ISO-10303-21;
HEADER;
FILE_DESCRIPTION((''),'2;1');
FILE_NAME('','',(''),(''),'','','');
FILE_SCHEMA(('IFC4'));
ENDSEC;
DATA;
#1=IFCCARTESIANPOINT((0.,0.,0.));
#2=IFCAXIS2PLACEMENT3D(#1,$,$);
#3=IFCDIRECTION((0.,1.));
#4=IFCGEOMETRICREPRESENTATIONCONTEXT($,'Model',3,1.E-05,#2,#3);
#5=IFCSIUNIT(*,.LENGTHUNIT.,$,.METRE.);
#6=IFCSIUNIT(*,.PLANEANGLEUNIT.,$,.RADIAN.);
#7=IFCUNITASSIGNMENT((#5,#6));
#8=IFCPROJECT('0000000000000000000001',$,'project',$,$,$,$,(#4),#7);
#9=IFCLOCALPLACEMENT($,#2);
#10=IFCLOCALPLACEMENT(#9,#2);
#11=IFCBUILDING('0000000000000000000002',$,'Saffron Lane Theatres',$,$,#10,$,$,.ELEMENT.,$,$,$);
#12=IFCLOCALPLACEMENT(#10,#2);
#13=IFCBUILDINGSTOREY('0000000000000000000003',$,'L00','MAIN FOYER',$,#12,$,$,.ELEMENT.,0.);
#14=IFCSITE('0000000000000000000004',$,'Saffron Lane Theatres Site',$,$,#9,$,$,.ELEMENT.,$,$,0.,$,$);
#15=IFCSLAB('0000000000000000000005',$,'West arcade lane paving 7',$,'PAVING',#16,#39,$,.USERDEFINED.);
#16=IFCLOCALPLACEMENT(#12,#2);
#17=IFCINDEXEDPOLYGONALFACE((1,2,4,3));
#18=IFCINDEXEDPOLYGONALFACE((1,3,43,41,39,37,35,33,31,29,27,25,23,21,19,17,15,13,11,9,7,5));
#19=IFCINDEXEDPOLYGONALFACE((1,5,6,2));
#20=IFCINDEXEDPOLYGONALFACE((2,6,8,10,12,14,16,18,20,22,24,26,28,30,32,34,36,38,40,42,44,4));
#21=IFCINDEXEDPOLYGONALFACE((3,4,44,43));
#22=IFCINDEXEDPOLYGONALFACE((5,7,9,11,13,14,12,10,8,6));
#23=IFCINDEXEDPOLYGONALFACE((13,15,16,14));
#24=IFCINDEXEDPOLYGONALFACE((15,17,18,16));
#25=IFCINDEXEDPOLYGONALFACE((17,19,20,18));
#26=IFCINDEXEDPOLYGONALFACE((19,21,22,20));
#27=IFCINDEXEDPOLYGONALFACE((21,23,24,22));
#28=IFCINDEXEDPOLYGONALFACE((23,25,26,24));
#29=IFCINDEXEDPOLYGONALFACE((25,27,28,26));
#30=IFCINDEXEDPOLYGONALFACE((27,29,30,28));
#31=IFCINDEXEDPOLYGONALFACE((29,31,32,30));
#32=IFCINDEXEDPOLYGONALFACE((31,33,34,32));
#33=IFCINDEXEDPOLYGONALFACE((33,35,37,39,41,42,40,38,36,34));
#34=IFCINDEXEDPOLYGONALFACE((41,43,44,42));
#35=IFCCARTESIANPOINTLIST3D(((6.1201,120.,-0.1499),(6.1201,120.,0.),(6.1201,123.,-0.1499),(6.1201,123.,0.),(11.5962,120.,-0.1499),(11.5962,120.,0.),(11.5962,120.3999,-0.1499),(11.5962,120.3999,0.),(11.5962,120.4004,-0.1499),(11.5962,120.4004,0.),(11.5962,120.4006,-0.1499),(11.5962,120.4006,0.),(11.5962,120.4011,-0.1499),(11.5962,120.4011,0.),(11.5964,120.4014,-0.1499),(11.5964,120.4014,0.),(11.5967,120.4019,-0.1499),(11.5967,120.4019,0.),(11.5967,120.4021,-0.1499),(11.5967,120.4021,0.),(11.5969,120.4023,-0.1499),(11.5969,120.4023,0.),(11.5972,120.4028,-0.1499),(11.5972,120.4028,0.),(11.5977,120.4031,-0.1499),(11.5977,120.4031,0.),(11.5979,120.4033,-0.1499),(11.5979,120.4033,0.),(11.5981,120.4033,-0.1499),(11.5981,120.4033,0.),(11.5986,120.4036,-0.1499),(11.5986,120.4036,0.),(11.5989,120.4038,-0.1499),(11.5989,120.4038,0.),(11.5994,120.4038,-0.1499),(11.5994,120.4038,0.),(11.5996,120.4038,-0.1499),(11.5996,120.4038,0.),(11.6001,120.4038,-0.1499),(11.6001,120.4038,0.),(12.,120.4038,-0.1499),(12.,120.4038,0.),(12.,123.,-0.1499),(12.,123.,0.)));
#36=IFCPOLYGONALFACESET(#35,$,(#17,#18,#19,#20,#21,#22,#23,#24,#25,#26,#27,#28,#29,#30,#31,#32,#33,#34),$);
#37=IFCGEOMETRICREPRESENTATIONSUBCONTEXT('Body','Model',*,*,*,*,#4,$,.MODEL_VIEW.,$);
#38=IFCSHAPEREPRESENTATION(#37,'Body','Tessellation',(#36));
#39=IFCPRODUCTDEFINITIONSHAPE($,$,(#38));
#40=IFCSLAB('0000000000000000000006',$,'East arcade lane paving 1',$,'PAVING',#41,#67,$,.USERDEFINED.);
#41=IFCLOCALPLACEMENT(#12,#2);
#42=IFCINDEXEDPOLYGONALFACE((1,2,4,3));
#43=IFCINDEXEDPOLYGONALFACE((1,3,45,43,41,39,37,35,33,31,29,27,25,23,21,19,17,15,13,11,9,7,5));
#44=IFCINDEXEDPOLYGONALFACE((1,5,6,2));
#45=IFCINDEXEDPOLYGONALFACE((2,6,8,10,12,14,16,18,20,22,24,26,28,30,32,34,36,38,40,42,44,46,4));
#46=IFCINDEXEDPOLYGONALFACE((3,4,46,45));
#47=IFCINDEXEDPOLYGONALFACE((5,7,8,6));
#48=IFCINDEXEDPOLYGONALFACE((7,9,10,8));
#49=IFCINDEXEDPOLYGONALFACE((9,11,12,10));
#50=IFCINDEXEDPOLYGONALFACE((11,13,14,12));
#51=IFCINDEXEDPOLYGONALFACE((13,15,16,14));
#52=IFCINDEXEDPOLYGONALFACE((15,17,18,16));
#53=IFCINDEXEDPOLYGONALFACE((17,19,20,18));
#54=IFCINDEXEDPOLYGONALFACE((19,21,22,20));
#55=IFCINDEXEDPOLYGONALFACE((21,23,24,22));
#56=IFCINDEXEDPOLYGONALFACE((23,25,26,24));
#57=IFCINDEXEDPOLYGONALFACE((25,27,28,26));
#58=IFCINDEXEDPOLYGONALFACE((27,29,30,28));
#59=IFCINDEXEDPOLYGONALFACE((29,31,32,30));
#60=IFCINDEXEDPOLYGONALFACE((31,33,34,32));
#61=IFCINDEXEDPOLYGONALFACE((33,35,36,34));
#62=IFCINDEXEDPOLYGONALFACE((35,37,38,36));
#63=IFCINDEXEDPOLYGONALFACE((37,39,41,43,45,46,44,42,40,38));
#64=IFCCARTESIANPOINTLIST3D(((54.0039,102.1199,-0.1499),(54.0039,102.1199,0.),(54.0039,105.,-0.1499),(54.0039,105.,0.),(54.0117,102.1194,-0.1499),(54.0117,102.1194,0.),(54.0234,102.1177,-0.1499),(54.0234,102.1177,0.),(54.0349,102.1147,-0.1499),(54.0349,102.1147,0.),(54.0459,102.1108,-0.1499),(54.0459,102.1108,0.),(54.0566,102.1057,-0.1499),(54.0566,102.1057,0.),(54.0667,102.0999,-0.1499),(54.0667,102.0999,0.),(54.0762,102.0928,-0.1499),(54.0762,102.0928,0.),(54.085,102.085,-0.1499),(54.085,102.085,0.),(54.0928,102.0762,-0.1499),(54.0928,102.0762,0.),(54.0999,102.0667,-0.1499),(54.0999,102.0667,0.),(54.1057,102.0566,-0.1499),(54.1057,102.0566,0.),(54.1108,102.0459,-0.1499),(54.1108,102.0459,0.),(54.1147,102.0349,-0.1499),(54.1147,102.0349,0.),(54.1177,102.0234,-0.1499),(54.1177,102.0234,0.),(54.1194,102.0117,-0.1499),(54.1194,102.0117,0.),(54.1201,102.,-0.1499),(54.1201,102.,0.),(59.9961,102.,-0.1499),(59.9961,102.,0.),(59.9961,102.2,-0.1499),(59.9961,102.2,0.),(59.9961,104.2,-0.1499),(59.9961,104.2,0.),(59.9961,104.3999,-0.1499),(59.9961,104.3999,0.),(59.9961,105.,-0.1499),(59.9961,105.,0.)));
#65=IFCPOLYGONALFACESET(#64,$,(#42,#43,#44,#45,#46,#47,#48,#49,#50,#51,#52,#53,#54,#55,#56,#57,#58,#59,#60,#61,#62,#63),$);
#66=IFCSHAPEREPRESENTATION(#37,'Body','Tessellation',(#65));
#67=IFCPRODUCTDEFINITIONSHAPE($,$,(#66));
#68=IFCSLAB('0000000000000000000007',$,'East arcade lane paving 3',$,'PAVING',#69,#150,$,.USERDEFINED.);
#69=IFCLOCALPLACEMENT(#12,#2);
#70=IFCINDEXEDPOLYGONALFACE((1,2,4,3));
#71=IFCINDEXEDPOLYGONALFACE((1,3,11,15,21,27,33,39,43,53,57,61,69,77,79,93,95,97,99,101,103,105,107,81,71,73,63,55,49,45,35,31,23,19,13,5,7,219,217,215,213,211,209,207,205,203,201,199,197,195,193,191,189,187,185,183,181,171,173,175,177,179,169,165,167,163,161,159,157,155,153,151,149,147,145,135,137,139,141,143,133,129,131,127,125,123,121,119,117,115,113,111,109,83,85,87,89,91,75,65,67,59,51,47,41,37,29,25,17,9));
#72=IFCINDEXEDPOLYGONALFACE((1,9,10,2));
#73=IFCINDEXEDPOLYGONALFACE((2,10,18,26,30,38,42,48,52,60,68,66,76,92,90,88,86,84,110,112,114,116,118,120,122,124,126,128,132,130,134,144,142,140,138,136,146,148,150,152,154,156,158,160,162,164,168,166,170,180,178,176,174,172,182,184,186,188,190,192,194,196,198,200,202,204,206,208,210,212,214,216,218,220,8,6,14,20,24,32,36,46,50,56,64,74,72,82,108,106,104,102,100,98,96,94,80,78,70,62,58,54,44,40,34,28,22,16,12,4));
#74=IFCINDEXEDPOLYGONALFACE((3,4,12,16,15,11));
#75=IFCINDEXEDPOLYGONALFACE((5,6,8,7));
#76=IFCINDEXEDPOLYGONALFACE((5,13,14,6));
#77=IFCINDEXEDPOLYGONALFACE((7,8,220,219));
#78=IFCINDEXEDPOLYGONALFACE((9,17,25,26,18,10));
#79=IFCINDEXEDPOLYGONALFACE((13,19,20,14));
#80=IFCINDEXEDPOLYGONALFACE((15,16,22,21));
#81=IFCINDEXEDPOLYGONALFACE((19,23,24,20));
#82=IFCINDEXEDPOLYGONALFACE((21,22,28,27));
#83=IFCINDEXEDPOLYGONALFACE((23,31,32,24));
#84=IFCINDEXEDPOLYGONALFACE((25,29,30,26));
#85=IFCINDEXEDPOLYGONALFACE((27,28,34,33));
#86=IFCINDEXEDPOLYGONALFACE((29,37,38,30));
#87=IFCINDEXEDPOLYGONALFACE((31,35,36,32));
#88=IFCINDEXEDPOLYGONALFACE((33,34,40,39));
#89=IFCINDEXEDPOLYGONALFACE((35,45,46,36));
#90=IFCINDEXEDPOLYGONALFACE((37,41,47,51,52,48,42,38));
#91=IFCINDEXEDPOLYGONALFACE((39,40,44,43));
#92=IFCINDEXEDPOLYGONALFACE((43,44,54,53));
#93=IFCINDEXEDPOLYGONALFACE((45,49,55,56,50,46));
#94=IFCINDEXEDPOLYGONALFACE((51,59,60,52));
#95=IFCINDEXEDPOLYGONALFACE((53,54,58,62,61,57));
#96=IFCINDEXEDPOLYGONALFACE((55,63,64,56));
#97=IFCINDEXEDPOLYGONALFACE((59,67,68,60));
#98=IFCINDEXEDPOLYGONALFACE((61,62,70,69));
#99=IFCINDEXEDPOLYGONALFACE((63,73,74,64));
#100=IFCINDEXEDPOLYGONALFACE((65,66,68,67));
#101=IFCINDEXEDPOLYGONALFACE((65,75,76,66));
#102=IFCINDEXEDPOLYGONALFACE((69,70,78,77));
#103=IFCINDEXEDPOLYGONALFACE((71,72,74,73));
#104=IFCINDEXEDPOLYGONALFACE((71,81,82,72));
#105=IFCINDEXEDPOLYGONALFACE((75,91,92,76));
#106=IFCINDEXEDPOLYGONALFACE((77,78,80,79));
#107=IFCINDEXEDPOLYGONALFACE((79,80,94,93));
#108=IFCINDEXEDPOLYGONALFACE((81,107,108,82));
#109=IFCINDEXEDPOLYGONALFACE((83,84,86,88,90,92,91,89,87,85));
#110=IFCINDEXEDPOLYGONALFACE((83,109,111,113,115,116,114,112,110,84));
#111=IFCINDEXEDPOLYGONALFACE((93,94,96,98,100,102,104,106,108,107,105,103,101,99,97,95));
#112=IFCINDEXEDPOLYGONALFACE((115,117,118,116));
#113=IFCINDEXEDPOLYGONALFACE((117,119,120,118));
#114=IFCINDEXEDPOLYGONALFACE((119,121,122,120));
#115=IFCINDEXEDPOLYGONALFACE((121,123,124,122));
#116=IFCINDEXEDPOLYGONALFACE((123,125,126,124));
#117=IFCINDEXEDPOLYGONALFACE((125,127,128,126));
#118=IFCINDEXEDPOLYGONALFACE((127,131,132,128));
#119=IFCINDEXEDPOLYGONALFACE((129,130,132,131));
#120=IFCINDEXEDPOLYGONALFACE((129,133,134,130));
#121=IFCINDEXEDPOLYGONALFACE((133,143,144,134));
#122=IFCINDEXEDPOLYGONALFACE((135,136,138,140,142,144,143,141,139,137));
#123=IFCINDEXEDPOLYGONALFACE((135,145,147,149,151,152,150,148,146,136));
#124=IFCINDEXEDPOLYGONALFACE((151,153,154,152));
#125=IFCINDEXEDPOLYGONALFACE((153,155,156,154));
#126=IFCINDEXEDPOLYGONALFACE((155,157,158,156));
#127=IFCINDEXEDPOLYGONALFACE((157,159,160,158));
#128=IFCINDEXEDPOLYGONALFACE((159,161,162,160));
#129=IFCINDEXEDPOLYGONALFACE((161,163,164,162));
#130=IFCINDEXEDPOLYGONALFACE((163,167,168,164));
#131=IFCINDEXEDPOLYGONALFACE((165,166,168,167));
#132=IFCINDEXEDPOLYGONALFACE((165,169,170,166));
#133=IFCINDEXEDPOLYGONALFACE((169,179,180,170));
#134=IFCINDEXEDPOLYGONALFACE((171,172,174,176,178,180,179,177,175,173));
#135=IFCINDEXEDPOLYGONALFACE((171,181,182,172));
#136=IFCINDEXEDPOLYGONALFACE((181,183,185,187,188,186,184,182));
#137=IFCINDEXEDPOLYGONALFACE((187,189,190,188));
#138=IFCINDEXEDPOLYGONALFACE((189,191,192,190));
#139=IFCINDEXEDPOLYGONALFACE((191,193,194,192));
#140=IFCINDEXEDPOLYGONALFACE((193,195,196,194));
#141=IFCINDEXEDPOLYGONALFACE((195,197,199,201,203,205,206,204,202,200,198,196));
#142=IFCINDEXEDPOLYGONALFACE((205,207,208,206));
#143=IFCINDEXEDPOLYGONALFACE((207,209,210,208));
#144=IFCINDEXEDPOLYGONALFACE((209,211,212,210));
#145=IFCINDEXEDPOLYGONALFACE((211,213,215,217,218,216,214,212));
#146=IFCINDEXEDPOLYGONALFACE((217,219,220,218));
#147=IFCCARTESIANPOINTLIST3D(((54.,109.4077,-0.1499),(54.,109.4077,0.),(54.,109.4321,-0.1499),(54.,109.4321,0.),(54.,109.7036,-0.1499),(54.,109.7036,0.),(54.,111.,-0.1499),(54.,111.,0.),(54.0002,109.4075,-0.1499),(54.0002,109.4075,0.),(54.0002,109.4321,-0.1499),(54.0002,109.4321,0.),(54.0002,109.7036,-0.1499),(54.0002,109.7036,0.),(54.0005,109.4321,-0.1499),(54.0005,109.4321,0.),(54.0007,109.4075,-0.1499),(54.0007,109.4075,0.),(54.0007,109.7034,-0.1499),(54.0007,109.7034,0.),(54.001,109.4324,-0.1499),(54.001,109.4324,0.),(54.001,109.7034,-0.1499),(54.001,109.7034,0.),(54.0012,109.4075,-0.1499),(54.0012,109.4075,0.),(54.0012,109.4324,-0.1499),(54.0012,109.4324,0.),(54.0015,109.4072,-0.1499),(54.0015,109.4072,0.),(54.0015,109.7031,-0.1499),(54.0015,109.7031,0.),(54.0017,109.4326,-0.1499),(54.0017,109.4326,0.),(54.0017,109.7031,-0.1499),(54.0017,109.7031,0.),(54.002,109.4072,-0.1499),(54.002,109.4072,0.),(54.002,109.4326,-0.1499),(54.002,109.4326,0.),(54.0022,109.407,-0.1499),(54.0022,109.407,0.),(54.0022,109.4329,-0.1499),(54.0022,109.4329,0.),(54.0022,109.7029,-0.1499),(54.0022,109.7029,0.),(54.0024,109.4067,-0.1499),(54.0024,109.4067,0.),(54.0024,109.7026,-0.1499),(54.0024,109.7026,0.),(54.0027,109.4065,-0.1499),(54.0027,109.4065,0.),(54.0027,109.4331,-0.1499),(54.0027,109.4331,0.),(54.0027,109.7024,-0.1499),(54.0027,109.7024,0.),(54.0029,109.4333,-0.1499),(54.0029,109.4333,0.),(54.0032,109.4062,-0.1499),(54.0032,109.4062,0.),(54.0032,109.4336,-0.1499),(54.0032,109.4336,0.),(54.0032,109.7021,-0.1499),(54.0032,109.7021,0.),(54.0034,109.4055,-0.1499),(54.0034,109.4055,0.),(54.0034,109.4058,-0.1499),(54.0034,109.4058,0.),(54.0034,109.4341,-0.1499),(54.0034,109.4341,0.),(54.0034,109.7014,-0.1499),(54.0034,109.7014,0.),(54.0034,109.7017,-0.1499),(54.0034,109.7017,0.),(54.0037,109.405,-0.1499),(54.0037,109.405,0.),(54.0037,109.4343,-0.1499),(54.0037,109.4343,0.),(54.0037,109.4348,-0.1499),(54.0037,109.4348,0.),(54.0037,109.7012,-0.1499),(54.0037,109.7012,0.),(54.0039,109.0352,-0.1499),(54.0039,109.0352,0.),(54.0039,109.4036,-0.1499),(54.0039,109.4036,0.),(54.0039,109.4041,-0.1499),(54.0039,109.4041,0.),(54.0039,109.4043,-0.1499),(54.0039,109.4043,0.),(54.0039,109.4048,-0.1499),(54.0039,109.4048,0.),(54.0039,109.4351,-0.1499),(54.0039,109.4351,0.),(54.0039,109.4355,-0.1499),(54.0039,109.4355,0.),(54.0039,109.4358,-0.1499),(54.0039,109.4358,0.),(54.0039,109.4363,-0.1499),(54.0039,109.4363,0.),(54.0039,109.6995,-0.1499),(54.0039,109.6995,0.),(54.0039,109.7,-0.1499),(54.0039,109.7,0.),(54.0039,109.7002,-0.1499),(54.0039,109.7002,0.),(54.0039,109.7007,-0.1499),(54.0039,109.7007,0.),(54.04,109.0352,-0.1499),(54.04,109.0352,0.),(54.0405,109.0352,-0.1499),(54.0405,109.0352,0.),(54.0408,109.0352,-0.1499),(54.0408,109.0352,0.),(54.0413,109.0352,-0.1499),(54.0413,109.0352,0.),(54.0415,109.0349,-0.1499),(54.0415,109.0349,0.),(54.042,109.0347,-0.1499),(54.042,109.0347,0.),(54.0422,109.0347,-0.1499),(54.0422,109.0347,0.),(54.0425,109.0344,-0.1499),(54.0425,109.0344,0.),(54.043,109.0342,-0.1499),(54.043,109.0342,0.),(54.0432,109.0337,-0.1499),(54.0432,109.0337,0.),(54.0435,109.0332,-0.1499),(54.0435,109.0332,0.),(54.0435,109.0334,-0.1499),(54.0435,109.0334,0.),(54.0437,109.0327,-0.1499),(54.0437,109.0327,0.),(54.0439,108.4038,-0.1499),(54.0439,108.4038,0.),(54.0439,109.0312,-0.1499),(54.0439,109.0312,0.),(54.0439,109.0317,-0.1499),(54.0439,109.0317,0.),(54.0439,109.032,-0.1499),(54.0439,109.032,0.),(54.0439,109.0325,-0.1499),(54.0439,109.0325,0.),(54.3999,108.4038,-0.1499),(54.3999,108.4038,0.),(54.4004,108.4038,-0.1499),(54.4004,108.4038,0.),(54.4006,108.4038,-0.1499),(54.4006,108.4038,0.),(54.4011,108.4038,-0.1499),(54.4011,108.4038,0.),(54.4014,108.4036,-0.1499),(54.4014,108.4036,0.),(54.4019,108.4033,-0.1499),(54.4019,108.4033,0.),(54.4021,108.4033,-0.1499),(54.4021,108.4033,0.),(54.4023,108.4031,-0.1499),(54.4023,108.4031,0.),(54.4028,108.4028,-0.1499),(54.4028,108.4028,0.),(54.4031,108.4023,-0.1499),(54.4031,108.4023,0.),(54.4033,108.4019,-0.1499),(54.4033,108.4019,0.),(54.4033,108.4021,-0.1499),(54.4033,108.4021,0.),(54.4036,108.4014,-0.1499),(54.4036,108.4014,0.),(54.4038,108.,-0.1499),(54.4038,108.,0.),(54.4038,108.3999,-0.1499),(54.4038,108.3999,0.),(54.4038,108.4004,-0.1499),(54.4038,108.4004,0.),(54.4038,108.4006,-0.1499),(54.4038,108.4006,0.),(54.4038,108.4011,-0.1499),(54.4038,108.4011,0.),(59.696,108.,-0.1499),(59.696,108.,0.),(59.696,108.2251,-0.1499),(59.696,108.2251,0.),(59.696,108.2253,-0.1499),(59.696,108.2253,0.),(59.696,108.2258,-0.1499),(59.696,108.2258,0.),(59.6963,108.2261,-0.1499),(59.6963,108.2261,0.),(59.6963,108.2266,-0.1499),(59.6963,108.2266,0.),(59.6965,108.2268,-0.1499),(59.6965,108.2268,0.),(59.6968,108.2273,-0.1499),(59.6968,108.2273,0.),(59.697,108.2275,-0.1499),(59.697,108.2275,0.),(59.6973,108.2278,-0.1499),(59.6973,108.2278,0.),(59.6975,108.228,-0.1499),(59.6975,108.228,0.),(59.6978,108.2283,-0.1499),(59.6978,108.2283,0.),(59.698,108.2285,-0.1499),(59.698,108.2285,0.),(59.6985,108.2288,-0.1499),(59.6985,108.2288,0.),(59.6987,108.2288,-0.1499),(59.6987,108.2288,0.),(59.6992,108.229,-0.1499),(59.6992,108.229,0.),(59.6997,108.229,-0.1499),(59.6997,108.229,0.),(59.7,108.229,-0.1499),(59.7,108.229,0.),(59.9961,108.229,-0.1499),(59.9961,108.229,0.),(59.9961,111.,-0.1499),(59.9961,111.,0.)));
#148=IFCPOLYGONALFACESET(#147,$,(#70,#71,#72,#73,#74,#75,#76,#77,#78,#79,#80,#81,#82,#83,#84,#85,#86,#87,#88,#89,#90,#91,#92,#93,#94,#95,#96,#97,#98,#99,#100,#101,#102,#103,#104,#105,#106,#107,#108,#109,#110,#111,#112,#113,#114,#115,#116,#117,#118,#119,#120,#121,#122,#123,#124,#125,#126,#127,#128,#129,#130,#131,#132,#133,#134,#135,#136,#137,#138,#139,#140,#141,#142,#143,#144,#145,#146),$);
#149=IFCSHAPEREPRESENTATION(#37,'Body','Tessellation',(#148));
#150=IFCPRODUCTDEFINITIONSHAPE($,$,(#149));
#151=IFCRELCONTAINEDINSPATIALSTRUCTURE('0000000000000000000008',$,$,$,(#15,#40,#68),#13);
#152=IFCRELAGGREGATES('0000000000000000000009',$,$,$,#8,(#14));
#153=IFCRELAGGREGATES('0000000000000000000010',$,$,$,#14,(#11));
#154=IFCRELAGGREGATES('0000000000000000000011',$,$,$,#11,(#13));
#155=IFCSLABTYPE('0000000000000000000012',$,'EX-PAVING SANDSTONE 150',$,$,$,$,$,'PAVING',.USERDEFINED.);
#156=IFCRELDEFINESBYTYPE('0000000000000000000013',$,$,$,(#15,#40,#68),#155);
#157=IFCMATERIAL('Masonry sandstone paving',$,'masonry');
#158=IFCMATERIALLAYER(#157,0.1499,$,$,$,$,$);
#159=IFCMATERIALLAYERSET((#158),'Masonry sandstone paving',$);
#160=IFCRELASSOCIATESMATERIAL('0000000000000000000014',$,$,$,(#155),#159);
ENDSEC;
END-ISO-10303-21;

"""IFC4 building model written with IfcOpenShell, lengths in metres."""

from ifc_helpers import new_model, si_unit, direction, frame, origin, place, context, subcontext, project, spatial, polyline, outline, extrude, material, layer, layer_set, type_object, element, save


model = new_model("IFC4")

# Units and contexts
model_context = context("Model", 3, precision=1e-05, world=origin(), true_north=direction((0.0, 1.0)))
body_context = subcontext(model_context, "Body", "Model", "MODEL_VIEW")
ifc_project = project(units=[si_unit("LENGTHUNIT", "METRE"), si_unit("PLANEANGLEUNIT", "RADIAN")], contexts=[model_context])

# Site, building, storey
site_placement = place(None, origin())
site = spatial("IfcSite", under=ifc_project, at=site_placement, Name="Saffron Lane Theatres Site", CompositionType="ELEMENT", RefElevation=0.0)
building_placement = place(site_placement, origin())
building = spatial("IfcBuilding", under=site, at=building_placement, Name="Saffron Lane Theatres", CompositionType="ELEMENT")
storey_placement = place(building_placement, origin())
storey = spatial("IfcBuildingStorey", under=building, at=storey_placement, Name="L00", Description="MAIN FOYER", CompositionType="ELEMENT", Elevation=0.0)

# Slabs
ifc_material_1 = material(Name="Masonry sandstone paving", Category="masonry")
ifc_layer_1 = layer(ifc_material_1, 0.1499)
ifc_layer_set_1 = layer_set([ifc_layer_1], Name="Masonry sandstone paving")
slab_type_1 = type_object("IfcSlabType", Name="EX-PAVING SANDSTONE 150", ElementType="PAVING", PredefinedType="USERDEFINED", material=ifc_layer_set_1)
slab_1_placement = place(storey_placement, frame((0.0, 0.0, -0.1499)))
element("IfcSlab", 1, at=slab_1_placement, inside=storey, type_object=slab_type_1, Name="West arcade lane paving 7", ObjectType="PAVING", PredefinedType="USERDEFINED", context=body_context, shape_type="SweptSolid", body=[
    extrude(outline(polyline([(6.1201, 123.0), (6.1201, 120.0), (11.5962, 120.0), (11.5962, 120.3999), (11.5962, 120.4004), (11.5962, 120.4006), (11.5962, 120.4011), (11.5964, 120.4014), (11.5967, 120.4019), (11.5967, 120.4021), (11.5969, 120.4023), (11.5972, 120.4028), (11.5977, 120.4031), (11.5979, 120.4033), (11.5981, 120.4033), (11.5986, 120.4036), (11.5989, 120.4038), (11.5994, 120.4038), (11.5996, 120.4038), (11.6001, 120.4038), (12.0, 120.4038), (12.0, 123.0), (6.1201, 123.0)])), origin(), (0.0, 0.0, 1.0), 0.1499),
])
slab_2_placement = place(storey_placement, frame((0.0, 0.0, -0.1499)))
element("IfcSlab", 2, at=slab_2_placement, inside=storey, type_object=slab_type_1, Name="East arcade lane paving 1", ObjectType="PAVING", PredefinedType="USERDEFINED", context=body_context, shape_type="SweptSolid", body=[
    extrude(outline(polyline([(54.0928, 102.0762), (54.0999, 102.0667), (54.1057, 102.0566), (54.1108, 102.0459), (54.1147, 102.0349), (54.1177, 102.0234), (54.1194, 102.0117), (54.1201, 102.0), (59.9961, 102.0), (59.9961, 102.2), (59.9961, 102.2), (59.9961, 104.2), (59.9961, 104.3999), (59.9961, 104.3999), (59.9961, 105.0), (54.0039, 105.0), (54.0039, 102.1199), (54.0117, 102.1194), (54.0234, 102.1177), (54.0349, 102.1147), (54.0459, 102.1108), (54.0566, 102.1057), (54.0667, 102.0999), (54.0762, 102.0928), (54.085, 102.085), (54.0928, 102.0762)])), origin(), (0.0, 0.0, 1.0), 0.1499),
])
slab_3_placement = place(storey_placement, frame((0.0, 0.0, -0.1499)))
element("IfcSlab", 3, at=slab_3_placement, inside=storey, type_object=slab_type_1, Name="East arcade lane paving 3", ObjectType="PAVING", PredefinedType="USERDEFINED", context=body_context, shape_type="SweptSolid", body=[
    extrude(outline(polyline([(54.4038, 108.3999), (54.4038, 108.0), (59.696, 108.0), (59.696, 108.2251), (59.696, 108.2253), (59.696, 108.2258), (59.6963, 108.2261), (59.6963, 108.2266), (59.6965, 108.2268), (59.6968, 108.2273), (59.697, 108.2275), (59.6973, 108.2278), (59.6975, 108.228), (59.6978, 108.2283), (59.698, 108.2285), (59.6985, 108.2288), (59.6987, 108.2288), (59.6992, 108.229), (59.6997, 108.229), (59.7, 108.229), (59.9961, 108.229), (59.9961, 111.0), (54.0, 111.0), (54.0, 109.7036), (54.0002, 109.7036), (54.0007, 109.7034), (54.001, 109.7034), (54.0015, 109.7031), (54.0017, 109.7031), (54.0022, 109.7029), (54.0024, 109.7026), (54.0027, 109.7024), (54.0032, 109.7021), (54.0034, 109.7017), (54.0034, 109.7014), (54.0037, 109.7012), (54.0039, 109.7007), (54.0039, 109.7002), (54.0039, 109.7), (54.0039, 109.6995), (54.0039, 109.4363), (54.0039, 109.4358), (54.0039, 109.4355), (54.0039, 109.4351), (54.0037, 109.4348), (54.0037, 109.4343), (54.0034, 109.4341), (54.0032, 109.4336), (54.0029, 109.4333), (54.0027, 109.4331), (54.0022, 109.4329), (54.002, 109.4326), (54.0017, 109.4326), (54.0012, 109.4324), (54.001, 109.4324), (54.0005, 109.4321), (54.0002, 109.4321), (54.0, 109.4321), (54.0, 109.4077), (54.0002, 109.4075), (54.0007, 109.4075), (54.0012, 109.4075), (54.0015, 109.4072), (54.002, 109.4072), (54.0022, 109.407), (54.0024, 109.4067), (54.0027, 109.4065), (54.0032, 109.4062), (54.0034, 109.4058), (54.0034, 109.4055), (54.0037, 109.405), (54.0039, 109.4048), (54.0039, 109.4043), (54.0039, 109.4041), (54.0039, 109.4036), (54.0039, 109.0352), (54.04, 109.0352), (54.0405, 109.0352), (54.0408, 109.0352), (54.0413, 109.0352), (54.0415, 109.0349), (54.042, 109.0347), (54.0422, 109.0347), (54.0425, 109.0344), (54.043, 109.0342), (54.0432, 109.0337), (54.0435, 109.0334), (54.0435, 109.0332), (54.0437, 109.0327), (54.0439, 109.0325), (54.0439, 109.032), (54.0439, 109.0317), (54.0439, 109.0312), (54.0439, 108.4038), (54.3999, 108.4038), (54.4004, 108.4038), (54.4006, 108.4038), (54.4011, 108.4038), (54.4014, 108.4036), (54.4019, 108.4033), (54.4021, 108.4033), (54.4023, 108.4031), (54.4028, 108.4028), (54.4031, 108.4023), (54.4033, 108.4021), (54.4033, 108.4019), (54.4036, 108.4014), (54.4038, 108.4011), (54.4038, 108.4006), (54.4038, 108.4004), (54.4038, 108.3999)])), origin(), (0.0, 0.0, 1.0), 0.1499),
])

save(model, "model.ifc")
